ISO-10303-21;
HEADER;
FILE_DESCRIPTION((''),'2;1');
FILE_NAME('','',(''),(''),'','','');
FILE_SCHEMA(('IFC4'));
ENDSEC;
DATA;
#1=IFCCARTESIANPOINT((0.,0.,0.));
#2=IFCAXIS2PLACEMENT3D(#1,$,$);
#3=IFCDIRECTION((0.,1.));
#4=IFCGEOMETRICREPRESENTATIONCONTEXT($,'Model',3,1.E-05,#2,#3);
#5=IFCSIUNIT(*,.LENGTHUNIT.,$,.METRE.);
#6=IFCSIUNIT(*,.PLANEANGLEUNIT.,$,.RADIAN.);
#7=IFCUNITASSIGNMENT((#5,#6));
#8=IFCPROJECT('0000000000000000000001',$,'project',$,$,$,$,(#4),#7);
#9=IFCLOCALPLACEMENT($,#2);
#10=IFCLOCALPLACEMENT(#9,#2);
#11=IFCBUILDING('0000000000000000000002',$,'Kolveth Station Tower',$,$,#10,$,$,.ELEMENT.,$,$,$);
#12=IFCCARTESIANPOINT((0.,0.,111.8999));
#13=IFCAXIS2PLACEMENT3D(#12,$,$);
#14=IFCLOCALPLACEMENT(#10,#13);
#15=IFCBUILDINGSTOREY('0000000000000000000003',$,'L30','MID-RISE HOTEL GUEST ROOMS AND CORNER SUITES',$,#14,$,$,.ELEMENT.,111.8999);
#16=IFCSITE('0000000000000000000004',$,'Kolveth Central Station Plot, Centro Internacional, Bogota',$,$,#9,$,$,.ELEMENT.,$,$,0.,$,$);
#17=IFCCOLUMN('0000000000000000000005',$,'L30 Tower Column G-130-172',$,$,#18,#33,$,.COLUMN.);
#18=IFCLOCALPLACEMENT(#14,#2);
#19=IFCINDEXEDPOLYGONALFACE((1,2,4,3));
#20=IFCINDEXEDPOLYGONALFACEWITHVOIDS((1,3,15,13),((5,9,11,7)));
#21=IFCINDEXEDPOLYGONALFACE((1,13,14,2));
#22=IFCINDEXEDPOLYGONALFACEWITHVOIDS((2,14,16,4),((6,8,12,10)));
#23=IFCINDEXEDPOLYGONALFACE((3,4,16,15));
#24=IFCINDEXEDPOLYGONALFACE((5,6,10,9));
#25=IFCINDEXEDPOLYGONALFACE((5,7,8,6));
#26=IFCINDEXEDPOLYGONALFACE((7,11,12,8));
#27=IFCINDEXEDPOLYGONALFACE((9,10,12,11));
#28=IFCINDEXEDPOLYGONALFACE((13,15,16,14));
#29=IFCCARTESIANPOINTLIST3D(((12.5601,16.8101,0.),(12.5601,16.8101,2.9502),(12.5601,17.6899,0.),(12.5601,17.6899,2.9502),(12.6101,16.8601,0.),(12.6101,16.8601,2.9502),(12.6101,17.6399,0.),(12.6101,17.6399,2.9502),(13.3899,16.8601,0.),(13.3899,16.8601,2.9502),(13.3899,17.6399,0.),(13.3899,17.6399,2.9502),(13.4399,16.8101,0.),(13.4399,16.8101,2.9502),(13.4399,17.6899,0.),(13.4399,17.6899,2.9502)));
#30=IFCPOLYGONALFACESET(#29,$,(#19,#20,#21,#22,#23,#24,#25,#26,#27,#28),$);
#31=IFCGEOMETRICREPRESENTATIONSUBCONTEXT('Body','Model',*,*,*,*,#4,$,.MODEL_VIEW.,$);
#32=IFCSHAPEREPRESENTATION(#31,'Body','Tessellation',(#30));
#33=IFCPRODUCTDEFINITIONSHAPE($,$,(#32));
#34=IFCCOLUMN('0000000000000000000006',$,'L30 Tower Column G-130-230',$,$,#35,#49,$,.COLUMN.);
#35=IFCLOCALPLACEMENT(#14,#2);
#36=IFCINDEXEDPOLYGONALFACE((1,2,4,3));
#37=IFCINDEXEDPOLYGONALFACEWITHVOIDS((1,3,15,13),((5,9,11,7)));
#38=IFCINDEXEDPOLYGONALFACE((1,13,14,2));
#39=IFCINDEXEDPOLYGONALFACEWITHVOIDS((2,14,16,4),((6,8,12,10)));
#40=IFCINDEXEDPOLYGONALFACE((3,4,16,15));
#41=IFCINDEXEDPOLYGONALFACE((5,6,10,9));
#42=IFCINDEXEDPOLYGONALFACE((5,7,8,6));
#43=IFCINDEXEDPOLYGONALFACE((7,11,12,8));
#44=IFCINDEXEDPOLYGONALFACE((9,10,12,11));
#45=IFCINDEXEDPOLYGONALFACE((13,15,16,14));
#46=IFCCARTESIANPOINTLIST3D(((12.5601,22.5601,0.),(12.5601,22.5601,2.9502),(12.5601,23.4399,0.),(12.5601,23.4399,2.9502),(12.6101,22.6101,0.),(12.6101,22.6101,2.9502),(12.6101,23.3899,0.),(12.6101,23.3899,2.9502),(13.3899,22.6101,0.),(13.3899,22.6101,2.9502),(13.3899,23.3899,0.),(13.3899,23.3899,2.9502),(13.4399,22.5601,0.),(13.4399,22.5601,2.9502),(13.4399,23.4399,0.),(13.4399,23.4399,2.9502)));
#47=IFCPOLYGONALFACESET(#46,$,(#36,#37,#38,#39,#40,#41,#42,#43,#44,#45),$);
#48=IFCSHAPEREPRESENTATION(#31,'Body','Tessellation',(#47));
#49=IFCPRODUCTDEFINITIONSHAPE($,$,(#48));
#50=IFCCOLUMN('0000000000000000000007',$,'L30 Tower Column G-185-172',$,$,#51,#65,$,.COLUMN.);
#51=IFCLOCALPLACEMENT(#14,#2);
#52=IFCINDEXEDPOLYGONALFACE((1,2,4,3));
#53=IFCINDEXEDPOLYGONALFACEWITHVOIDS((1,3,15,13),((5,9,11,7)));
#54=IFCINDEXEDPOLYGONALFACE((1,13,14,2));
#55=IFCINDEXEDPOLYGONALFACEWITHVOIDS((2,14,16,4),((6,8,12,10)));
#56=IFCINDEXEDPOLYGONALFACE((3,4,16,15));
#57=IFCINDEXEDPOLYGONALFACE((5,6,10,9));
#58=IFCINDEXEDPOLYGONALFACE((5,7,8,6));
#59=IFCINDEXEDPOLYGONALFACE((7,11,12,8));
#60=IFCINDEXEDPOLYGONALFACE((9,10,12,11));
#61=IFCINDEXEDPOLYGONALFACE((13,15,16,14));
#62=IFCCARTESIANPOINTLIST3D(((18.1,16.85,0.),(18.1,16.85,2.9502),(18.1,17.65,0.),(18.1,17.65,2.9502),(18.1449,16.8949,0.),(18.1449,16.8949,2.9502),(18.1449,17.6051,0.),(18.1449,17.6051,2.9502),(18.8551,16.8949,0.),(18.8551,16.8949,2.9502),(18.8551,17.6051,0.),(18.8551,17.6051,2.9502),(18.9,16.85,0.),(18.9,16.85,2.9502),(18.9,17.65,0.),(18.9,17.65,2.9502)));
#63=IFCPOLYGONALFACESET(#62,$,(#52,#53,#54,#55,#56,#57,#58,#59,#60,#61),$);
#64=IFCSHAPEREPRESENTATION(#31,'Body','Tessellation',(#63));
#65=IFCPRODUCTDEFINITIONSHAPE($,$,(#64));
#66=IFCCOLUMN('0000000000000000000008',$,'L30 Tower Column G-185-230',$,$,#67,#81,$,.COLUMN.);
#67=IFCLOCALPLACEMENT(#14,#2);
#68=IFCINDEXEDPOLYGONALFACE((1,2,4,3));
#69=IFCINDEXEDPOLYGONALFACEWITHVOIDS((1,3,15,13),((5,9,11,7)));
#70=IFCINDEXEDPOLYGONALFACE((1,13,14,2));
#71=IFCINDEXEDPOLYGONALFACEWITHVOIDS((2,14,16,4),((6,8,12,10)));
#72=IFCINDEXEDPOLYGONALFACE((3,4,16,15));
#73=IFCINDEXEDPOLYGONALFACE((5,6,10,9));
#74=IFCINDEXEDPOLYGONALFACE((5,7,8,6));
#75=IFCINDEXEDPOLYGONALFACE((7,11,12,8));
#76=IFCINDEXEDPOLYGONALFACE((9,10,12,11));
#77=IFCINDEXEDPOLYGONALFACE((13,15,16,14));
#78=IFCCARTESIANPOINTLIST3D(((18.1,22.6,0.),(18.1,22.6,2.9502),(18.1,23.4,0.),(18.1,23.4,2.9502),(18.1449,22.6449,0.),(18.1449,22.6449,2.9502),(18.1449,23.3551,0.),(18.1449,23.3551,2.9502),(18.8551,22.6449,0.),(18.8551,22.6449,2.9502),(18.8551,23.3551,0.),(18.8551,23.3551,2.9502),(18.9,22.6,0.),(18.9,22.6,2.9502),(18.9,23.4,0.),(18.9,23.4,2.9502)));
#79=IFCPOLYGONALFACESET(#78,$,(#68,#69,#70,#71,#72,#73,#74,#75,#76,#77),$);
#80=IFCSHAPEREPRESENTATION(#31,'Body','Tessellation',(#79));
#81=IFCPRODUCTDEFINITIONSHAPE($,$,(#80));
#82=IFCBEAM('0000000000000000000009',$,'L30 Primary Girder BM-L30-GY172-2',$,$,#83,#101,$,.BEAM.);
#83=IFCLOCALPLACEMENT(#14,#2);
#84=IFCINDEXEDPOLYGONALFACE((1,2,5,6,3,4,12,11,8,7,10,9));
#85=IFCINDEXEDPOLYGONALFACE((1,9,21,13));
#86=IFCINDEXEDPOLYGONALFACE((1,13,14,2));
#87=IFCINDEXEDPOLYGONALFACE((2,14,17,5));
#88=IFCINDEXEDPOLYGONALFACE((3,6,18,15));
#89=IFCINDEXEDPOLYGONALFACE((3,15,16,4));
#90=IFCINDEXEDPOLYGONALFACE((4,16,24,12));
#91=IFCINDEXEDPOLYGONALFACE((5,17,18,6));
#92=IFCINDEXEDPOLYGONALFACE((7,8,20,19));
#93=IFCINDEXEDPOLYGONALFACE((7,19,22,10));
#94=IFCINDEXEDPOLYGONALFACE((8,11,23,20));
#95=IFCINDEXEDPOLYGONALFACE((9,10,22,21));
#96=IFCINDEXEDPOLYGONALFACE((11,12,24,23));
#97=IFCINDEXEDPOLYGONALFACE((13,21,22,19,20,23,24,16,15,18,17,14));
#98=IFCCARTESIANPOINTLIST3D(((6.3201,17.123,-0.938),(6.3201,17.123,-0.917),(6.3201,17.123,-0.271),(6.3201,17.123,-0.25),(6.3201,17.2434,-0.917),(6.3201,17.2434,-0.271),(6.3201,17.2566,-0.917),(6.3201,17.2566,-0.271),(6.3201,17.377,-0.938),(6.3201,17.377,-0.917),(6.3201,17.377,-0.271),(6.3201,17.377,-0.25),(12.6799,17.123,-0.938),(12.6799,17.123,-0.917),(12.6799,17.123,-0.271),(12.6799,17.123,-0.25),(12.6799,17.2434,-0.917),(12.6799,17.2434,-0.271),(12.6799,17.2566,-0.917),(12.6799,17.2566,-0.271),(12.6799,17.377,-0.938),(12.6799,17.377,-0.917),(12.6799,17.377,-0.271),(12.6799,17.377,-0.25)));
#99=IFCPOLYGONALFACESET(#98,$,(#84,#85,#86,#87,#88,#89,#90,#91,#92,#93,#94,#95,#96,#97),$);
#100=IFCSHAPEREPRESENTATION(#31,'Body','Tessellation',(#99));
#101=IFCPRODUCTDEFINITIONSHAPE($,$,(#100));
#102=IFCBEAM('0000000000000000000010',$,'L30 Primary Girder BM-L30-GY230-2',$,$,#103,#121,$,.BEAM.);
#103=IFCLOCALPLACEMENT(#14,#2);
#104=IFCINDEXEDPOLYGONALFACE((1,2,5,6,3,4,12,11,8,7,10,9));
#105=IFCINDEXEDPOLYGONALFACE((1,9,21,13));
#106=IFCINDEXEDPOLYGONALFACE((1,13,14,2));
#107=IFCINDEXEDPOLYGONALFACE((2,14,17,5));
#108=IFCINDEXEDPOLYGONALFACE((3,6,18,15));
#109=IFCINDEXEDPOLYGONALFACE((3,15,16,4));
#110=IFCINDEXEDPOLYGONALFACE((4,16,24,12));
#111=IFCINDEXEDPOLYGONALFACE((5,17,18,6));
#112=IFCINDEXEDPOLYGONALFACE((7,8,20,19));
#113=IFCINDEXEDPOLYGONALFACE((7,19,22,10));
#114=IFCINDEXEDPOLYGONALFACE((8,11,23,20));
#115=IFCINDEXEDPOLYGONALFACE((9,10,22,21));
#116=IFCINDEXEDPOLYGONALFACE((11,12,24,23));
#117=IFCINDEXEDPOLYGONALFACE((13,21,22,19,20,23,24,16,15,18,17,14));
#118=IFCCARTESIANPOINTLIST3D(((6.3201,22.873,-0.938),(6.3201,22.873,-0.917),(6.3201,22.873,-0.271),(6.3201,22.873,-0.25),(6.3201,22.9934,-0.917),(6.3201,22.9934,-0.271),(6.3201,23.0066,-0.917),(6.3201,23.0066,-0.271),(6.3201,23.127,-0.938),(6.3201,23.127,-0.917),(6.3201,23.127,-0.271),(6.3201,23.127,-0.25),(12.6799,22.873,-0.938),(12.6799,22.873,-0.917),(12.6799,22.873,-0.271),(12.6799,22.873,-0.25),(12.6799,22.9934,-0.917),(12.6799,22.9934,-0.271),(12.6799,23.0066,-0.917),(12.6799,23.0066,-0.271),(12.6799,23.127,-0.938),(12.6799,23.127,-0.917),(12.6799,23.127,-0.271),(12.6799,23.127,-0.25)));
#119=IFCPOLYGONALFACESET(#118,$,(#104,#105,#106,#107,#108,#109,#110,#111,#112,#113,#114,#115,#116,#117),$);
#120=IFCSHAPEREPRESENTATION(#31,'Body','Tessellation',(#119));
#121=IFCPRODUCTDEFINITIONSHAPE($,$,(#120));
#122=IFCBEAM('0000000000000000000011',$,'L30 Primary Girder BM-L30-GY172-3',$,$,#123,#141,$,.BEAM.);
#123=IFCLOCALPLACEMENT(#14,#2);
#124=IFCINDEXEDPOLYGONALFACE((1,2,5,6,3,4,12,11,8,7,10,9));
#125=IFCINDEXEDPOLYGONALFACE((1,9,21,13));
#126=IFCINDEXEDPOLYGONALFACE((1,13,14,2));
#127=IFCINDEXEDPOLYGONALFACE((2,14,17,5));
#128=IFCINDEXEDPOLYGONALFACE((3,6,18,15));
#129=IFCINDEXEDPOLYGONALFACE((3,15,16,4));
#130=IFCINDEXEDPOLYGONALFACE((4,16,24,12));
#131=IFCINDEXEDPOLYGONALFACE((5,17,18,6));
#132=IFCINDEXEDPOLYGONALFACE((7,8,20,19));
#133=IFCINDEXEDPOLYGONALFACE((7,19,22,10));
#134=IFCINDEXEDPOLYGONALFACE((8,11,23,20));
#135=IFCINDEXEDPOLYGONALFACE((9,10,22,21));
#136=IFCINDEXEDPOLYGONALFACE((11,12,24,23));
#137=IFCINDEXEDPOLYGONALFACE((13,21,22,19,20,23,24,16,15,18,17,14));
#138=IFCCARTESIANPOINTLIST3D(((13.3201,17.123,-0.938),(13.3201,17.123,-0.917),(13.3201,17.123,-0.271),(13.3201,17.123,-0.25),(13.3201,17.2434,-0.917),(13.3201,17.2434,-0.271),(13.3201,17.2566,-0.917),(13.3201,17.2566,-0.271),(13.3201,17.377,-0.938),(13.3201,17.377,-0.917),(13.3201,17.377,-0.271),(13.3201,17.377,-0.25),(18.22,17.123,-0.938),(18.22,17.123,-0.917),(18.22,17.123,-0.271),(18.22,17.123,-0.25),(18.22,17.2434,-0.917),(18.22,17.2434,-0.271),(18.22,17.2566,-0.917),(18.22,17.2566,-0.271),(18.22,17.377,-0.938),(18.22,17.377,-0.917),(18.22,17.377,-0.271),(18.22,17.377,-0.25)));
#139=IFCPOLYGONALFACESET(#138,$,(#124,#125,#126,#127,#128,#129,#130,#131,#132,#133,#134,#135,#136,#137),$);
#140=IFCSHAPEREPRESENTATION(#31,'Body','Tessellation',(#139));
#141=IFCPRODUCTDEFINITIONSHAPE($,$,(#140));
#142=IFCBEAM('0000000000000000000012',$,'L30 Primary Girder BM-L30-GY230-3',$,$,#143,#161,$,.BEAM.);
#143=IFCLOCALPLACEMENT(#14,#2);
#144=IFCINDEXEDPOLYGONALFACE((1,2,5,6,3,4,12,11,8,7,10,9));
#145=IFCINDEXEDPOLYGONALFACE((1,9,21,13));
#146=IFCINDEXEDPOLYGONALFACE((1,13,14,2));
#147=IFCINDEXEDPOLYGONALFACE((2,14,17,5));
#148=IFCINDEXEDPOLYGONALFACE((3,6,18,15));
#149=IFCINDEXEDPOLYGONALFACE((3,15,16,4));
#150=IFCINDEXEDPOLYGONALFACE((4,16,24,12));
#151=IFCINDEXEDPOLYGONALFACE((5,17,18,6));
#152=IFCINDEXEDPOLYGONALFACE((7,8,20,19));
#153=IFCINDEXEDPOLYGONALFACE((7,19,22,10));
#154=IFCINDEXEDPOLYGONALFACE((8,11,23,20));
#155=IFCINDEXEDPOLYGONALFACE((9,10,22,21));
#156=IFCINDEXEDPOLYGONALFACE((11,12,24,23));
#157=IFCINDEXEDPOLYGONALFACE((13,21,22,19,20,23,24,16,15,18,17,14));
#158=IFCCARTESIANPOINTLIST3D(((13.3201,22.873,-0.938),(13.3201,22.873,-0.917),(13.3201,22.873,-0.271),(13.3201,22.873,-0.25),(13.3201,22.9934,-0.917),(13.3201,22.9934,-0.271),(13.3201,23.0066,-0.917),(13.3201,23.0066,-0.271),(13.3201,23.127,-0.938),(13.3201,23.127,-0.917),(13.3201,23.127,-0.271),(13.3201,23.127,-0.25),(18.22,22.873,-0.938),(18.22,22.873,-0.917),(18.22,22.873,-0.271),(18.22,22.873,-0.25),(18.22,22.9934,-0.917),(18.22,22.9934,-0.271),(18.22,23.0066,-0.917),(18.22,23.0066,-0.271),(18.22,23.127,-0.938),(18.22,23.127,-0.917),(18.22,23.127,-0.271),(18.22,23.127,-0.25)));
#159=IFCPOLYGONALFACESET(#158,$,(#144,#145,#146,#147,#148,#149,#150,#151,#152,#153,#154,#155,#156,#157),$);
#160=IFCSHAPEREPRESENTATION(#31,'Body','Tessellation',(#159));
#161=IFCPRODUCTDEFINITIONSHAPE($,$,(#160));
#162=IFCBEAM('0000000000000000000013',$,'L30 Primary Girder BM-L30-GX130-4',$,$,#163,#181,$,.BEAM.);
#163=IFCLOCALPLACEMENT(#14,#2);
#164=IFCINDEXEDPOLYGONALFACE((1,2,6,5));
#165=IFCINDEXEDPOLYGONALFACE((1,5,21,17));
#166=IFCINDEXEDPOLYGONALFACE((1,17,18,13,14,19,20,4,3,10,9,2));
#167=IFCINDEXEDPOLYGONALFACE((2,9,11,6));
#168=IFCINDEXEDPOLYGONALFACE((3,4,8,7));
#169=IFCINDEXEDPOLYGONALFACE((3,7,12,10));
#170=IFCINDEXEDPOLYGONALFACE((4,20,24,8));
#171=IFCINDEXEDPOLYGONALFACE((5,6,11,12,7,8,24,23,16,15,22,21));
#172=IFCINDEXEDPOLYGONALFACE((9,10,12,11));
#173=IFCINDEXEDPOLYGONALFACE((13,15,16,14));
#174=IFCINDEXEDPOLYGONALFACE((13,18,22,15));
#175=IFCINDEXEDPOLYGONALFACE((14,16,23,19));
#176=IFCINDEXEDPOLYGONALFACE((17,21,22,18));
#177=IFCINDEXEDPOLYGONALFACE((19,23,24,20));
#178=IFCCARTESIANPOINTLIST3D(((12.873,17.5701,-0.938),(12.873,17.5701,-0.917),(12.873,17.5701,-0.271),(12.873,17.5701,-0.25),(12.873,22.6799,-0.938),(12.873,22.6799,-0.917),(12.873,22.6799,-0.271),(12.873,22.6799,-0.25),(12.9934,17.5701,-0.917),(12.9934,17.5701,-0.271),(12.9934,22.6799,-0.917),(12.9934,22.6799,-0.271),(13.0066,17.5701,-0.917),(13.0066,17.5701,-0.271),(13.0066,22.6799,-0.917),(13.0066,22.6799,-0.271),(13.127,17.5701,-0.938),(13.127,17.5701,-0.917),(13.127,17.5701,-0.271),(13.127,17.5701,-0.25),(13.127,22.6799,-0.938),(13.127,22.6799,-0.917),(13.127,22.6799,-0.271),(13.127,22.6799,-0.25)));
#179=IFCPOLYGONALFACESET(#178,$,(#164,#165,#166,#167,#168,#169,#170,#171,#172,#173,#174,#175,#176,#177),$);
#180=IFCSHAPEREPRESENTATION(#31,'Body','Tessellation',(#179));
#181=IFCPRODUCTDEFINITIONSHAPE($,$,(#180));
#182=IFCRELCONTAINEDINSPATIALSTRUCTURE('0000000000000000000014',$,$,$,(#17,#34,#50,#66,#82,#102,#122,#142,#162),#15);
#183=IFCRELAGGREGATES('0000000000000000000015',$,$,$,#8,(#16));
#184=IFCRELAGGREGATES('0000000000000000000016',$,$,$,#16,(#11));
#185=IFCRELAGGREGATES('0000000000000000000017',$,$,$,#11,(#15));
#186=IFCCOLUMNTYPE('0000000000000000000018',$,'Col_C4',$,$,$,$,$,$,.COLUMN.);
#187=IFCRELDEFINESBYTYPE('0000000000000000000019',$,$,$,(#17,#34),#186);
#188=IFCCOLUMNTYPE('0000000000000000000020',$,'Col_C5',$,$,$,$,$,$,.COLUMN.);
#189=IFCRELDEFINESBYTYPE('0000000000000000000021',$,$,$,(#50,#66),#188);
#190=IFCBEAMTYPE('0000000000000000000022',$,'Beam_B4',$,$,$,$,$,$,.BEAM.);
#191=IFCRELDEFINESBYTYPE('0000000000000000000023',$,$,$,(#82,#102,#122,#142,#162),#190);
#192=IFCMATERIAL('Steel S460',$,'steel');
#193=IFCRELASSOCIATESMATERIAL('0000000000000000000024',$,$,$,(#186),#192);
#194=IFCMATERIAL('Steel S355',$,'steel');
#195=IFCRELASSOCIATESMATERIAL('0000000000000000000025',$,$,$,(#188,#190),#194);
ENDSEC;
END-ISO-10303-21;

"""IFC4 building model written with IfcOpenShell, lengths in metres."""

from ifc_helpers import new_model, si_unit, direction, frame, origin, origin_2d, place, context, subcontext, project, spatial, hollow_rectangle, i_section, extrude, source, transform, mapped, material, material_profile, profile_set, type_object, element, save


model = new_model("IFC4")

# Units and contexts
model_context = context("Model", 3, precision=1e-05, world=origin(), true_north=direction((0.0, 1.0)))
body_context = subcontext(model_context, "Body", "Model", "MODEL_VIEW")
ifc_project = project(units=[si_unit("LENGTHUNIT", "METRE"), si_unit("PLANEANGLEUNIT", "RADIAN")], contexts=[model_context])

# Site, building, storey
site_placement = place(None, origin())
site = spatial("IfcSite", under=ifc_project, at=site_placement, Name="Kolveth Central Station Plot, Centro Internacional, Bogota", CompositionType="ELEMENT", RefElevation=0.0)
building_placement = place(site_placement, origin())
building = spatial("IfcBuilding", under=site, at=building_placement, Name="Kolveth Station Tower", CompositionType="ELEMENT")
storey_placement = place(building_placement, frame((0.0, 0.0, 111.8999)))
storey = spatial("IfcBuildingStorey", under=building, at=storey_placement, Name="L30", Description="MID-RISE HOTEL GUEST ROOMS AND CORNER SUITES", CompositionType="ELEMENT", Elevation=111.8999)

# Columns
ifc_material_1 = material(Name="Steel S460", Category="steel")
ifc_material_profile_1 = material_profile(ifc_material_1, hollow_rectangle(XDim=0.8799, YDim=0.8799, WallThickness=0.05, at=origin_2d()), Name="BOX880x880x50")
ifc_profile_set_1 = profile_set([ifc_material_profile_1], Name="Steel S460")
column_type_1 = type_object("IfcColumnType", Name="Col_C4", PredefinedType="COLUMN", material=ifc_profile_set_1)
shared_shape_1 = source(origin(), body_context, "Body", "SweptSolid", [
    extrude(hollow_rectangle(XDim=0.8799, YDim=0.8799, WallThickness=0.05, at=origin_2d()), origin(), (0.0, 0.0, 1.0), 2.9502),
])
for number, where, z_axis, x_axis, name in (
    (1, (13.0, 17.25, 0.0), (0.0, 0.0, 1.0), (1.0, 0.0, 0.0), "L30 Tower Column G-130-172"),
    (2, (13.0, 23.0, 0.0), (0.0, 0.0, 1.0), (1.0, 0.0, 0.0), "L30 Tower Column G-130-230"),
):
    element("IfcColumn", number, at=place(storey_placement, frame(where, z_axis=z_axis, x_axis=x_axis)), inside=storey, type_object=column_type_1, Name=name, PredefinedType="COLUMN", context=body_context, shape_type="MappedRepresentation", body=[
        mapped(shared_shape_1, transform((0.0, 0.0, 0.0), x_axis=(1.0, 0.0, 0.0), y_axis=(0.0, 1.0, 0.0), z_axis=(0.0, 0.0, 1.0), scale=1.0)),
    ])
ifc_material_2 = material(Name="Steel S355", Category="steel")
ifc_material_profile_2 = material_profile(ifc_material_2, hollow_rectangle(XDim=0.8, YDim=0.8, WallThickness=0.0449, at=origin_2d()), Name="BOX800x800x45")
ifc_profile_set_2 = profile_set([ifc_material_profile_2], Name="Steel S355")
column_type_2 = type_object("IfcColumnType", Name="Col_C5", PredefinedType="COLUMN", material=ifc_profile_set_2)
shared_shape_2 = source(origin(), body_context, "Body", "SweptSolid", [
    extrude(hollow_rectangle(XDim=0.8, YDim=0.8, WallThickness=0.0449, at=origin_2d()), origin(), (0.0, 0.0, 1.0), 2.9502),
])
for number, where, z_axis, x_axis, name in (
    (3, (18.5, 17.25, 0.0), (0.0, 0.0, 1.0), (1.0, 0.0, 0.0), "L30 Tower Column G-185-172"),
    (4, (18.5, 23.0, 0.0), (0.0, 0.0, 1.0), (1.0, 0.0, 0.0), "L30 Tower Column G-185-230"),
):
    element("IfcColumn", number, at=place(storey_placement, frame(where, z_axis=z_axis, x_axis=x_axis)), inside=storey, type_object=column_type_2, Name=name, PredefinedType="COLUMN", context=body_context, shape_type="MappedRepresentation", body=[
        mapped(shared_shape_2, transform((0.0, 0.0, 0.0), x_axis=(1.0, 0.0, 0.0), y_axis=(0.0, 1.0, 0.0), z_axis=(0.0, 0.0, 1.0), scale=1.0)),
    ])

# Beams
ifc_material_profile_3 = material_profile(ifc_material_2, i_section(OverallWidth=0.2539, OverallDepth=0.688, WebThickness=0.0132, FlangeThickness=0.021, at=origin_2d()), Name="W690x152")
ifc_profile_set_3 = profile_set([ifc_material_profile_3], Name="Steel S355")
beam_type_1 = type_object("IfcBeamType", Name="Beam_B4", PredefinedType="BEAM", material=ifc_profile_set_3)
shared_shape_3 = source(origin(), body_context, "Body", "SweptSolid", [
    extrude(i_section(OverallWidth=0.2539, OverallDepth=0.688, WebThickness=0.0132, FlangeThickness=0.021, at=origin_2d()), origin(), (0.0, 0.0, 1.0), 6.3599),
])
for number, where, z_axis, x_axis, name in (
    (5, (6.3201, 17.25, -0.594), (1.0, 0.0, 0.0), (0.0, 1.0, 0.0), "L30 Primary Girder BM-L30-GY172-2"),
    (6, (6.3201, 23.0, -0.594), (1.0, 0.0, 0.0), (0.0, 1.0, 0.0), "L30 Primary Girder BM-L30-GY230-2"),
):
    element("IfcBeam", number, at=place(storey_placement, frame(where, z_axis=z_axis, x_axis=x_axis)), inside=storey, type_object=beam_type_1, Name=name, PredefinedType="BEAM", context=body_context, shape_type="MappedRepresentation", body=[
        mapped(shared_shape_3, transform((0.0, 0.0, 0.0), x_axis=(1.0, 0.0, 0.0), y_axis=(0.0, 1.0, 0.0), z_axis=(0.0, 0.0, 1.0), scale=1.0)),
    ])
shared_shape_4 = source(origin(), body_context, "Body", "SweptSolid", [
    extrude(i_section(OverallWidth=0.2539, OverallDepth=0.688, WebThickness=0.0132, FlangeThickness=0.021, at=origin_2d()), origin(), (0.0, 0.0, 1.0), 4.8999),
])
for number, where, z_axis, x_axis, name in (
    (7, (13.3201, 17.25, -0.594), (1.0, 0.0, 0.0), (0.0, 1.0, 0.0), "L30 Primary Girder BM-L30-GY172-3"),
    (8, (13.3201, 23.0, -0.594), (1.0, 0.0, 0.0), (0.0, 1.0, 0.0), "L30 Primary Girder BM-L30-GY230-3"),
):
    element("IfcBeam", number, at=place(storey_placement, frame(where, z_axis=z_axis, x_axis=x_axis)), inside=storey, type_object=beam_type_1, Name=name, PredefinedType="BEAM", context=body_context, shape_type="MappedRepresentation", body=[
        mapped(shared_shape_4, transform((0.0, 0.0, 0.0), x_axis=(1.0, 0.0, 0.0), y_axis=(0.0, 1.0, 0.0), z_axis=(0.0, 0.0, 1.0), scale=1.0)),
    ])
shared_shape_5 = source(origin(), body_context, "Body", "SweptSolid", [
    extrude(i_section(OverallWidth=0.2539, OverallDepth=0.688, WebThickness=0.0132, FlangeThickness=0.021, at=origin_2d()), origin(), (0.0, 0.0, 1.0), 5.1099),
])
for number, where, z_axis, x_axis, name in (
    (9, (13.0, 17.5701, -0.594), (0.0, 1.0, 0.0), (-1.0, 0.0, 0.0), "L30 Primary Girder BM-L30-GX130-4"),
):
    element("IfcBeam", number, at=place(storey_placement, frame(where, z_axis=z_axis, x_axis=x_axis)), inside=storey, type_object=beam_type_1, Name=name, PredefinedType="BEAM", context=body_context, shape_type="MappedRepresentation", body=[
        mapped(shared_shape_5, transform((0.0, 0.0, 0.0), x_axis=(1.0, 0.0, 0.0), y_axis=(0.0, 1.0, 0.0), z_axis=(0.0, 0.0, 1.0), scale=1.0)),
    ])

save(model, "model.ifc")
